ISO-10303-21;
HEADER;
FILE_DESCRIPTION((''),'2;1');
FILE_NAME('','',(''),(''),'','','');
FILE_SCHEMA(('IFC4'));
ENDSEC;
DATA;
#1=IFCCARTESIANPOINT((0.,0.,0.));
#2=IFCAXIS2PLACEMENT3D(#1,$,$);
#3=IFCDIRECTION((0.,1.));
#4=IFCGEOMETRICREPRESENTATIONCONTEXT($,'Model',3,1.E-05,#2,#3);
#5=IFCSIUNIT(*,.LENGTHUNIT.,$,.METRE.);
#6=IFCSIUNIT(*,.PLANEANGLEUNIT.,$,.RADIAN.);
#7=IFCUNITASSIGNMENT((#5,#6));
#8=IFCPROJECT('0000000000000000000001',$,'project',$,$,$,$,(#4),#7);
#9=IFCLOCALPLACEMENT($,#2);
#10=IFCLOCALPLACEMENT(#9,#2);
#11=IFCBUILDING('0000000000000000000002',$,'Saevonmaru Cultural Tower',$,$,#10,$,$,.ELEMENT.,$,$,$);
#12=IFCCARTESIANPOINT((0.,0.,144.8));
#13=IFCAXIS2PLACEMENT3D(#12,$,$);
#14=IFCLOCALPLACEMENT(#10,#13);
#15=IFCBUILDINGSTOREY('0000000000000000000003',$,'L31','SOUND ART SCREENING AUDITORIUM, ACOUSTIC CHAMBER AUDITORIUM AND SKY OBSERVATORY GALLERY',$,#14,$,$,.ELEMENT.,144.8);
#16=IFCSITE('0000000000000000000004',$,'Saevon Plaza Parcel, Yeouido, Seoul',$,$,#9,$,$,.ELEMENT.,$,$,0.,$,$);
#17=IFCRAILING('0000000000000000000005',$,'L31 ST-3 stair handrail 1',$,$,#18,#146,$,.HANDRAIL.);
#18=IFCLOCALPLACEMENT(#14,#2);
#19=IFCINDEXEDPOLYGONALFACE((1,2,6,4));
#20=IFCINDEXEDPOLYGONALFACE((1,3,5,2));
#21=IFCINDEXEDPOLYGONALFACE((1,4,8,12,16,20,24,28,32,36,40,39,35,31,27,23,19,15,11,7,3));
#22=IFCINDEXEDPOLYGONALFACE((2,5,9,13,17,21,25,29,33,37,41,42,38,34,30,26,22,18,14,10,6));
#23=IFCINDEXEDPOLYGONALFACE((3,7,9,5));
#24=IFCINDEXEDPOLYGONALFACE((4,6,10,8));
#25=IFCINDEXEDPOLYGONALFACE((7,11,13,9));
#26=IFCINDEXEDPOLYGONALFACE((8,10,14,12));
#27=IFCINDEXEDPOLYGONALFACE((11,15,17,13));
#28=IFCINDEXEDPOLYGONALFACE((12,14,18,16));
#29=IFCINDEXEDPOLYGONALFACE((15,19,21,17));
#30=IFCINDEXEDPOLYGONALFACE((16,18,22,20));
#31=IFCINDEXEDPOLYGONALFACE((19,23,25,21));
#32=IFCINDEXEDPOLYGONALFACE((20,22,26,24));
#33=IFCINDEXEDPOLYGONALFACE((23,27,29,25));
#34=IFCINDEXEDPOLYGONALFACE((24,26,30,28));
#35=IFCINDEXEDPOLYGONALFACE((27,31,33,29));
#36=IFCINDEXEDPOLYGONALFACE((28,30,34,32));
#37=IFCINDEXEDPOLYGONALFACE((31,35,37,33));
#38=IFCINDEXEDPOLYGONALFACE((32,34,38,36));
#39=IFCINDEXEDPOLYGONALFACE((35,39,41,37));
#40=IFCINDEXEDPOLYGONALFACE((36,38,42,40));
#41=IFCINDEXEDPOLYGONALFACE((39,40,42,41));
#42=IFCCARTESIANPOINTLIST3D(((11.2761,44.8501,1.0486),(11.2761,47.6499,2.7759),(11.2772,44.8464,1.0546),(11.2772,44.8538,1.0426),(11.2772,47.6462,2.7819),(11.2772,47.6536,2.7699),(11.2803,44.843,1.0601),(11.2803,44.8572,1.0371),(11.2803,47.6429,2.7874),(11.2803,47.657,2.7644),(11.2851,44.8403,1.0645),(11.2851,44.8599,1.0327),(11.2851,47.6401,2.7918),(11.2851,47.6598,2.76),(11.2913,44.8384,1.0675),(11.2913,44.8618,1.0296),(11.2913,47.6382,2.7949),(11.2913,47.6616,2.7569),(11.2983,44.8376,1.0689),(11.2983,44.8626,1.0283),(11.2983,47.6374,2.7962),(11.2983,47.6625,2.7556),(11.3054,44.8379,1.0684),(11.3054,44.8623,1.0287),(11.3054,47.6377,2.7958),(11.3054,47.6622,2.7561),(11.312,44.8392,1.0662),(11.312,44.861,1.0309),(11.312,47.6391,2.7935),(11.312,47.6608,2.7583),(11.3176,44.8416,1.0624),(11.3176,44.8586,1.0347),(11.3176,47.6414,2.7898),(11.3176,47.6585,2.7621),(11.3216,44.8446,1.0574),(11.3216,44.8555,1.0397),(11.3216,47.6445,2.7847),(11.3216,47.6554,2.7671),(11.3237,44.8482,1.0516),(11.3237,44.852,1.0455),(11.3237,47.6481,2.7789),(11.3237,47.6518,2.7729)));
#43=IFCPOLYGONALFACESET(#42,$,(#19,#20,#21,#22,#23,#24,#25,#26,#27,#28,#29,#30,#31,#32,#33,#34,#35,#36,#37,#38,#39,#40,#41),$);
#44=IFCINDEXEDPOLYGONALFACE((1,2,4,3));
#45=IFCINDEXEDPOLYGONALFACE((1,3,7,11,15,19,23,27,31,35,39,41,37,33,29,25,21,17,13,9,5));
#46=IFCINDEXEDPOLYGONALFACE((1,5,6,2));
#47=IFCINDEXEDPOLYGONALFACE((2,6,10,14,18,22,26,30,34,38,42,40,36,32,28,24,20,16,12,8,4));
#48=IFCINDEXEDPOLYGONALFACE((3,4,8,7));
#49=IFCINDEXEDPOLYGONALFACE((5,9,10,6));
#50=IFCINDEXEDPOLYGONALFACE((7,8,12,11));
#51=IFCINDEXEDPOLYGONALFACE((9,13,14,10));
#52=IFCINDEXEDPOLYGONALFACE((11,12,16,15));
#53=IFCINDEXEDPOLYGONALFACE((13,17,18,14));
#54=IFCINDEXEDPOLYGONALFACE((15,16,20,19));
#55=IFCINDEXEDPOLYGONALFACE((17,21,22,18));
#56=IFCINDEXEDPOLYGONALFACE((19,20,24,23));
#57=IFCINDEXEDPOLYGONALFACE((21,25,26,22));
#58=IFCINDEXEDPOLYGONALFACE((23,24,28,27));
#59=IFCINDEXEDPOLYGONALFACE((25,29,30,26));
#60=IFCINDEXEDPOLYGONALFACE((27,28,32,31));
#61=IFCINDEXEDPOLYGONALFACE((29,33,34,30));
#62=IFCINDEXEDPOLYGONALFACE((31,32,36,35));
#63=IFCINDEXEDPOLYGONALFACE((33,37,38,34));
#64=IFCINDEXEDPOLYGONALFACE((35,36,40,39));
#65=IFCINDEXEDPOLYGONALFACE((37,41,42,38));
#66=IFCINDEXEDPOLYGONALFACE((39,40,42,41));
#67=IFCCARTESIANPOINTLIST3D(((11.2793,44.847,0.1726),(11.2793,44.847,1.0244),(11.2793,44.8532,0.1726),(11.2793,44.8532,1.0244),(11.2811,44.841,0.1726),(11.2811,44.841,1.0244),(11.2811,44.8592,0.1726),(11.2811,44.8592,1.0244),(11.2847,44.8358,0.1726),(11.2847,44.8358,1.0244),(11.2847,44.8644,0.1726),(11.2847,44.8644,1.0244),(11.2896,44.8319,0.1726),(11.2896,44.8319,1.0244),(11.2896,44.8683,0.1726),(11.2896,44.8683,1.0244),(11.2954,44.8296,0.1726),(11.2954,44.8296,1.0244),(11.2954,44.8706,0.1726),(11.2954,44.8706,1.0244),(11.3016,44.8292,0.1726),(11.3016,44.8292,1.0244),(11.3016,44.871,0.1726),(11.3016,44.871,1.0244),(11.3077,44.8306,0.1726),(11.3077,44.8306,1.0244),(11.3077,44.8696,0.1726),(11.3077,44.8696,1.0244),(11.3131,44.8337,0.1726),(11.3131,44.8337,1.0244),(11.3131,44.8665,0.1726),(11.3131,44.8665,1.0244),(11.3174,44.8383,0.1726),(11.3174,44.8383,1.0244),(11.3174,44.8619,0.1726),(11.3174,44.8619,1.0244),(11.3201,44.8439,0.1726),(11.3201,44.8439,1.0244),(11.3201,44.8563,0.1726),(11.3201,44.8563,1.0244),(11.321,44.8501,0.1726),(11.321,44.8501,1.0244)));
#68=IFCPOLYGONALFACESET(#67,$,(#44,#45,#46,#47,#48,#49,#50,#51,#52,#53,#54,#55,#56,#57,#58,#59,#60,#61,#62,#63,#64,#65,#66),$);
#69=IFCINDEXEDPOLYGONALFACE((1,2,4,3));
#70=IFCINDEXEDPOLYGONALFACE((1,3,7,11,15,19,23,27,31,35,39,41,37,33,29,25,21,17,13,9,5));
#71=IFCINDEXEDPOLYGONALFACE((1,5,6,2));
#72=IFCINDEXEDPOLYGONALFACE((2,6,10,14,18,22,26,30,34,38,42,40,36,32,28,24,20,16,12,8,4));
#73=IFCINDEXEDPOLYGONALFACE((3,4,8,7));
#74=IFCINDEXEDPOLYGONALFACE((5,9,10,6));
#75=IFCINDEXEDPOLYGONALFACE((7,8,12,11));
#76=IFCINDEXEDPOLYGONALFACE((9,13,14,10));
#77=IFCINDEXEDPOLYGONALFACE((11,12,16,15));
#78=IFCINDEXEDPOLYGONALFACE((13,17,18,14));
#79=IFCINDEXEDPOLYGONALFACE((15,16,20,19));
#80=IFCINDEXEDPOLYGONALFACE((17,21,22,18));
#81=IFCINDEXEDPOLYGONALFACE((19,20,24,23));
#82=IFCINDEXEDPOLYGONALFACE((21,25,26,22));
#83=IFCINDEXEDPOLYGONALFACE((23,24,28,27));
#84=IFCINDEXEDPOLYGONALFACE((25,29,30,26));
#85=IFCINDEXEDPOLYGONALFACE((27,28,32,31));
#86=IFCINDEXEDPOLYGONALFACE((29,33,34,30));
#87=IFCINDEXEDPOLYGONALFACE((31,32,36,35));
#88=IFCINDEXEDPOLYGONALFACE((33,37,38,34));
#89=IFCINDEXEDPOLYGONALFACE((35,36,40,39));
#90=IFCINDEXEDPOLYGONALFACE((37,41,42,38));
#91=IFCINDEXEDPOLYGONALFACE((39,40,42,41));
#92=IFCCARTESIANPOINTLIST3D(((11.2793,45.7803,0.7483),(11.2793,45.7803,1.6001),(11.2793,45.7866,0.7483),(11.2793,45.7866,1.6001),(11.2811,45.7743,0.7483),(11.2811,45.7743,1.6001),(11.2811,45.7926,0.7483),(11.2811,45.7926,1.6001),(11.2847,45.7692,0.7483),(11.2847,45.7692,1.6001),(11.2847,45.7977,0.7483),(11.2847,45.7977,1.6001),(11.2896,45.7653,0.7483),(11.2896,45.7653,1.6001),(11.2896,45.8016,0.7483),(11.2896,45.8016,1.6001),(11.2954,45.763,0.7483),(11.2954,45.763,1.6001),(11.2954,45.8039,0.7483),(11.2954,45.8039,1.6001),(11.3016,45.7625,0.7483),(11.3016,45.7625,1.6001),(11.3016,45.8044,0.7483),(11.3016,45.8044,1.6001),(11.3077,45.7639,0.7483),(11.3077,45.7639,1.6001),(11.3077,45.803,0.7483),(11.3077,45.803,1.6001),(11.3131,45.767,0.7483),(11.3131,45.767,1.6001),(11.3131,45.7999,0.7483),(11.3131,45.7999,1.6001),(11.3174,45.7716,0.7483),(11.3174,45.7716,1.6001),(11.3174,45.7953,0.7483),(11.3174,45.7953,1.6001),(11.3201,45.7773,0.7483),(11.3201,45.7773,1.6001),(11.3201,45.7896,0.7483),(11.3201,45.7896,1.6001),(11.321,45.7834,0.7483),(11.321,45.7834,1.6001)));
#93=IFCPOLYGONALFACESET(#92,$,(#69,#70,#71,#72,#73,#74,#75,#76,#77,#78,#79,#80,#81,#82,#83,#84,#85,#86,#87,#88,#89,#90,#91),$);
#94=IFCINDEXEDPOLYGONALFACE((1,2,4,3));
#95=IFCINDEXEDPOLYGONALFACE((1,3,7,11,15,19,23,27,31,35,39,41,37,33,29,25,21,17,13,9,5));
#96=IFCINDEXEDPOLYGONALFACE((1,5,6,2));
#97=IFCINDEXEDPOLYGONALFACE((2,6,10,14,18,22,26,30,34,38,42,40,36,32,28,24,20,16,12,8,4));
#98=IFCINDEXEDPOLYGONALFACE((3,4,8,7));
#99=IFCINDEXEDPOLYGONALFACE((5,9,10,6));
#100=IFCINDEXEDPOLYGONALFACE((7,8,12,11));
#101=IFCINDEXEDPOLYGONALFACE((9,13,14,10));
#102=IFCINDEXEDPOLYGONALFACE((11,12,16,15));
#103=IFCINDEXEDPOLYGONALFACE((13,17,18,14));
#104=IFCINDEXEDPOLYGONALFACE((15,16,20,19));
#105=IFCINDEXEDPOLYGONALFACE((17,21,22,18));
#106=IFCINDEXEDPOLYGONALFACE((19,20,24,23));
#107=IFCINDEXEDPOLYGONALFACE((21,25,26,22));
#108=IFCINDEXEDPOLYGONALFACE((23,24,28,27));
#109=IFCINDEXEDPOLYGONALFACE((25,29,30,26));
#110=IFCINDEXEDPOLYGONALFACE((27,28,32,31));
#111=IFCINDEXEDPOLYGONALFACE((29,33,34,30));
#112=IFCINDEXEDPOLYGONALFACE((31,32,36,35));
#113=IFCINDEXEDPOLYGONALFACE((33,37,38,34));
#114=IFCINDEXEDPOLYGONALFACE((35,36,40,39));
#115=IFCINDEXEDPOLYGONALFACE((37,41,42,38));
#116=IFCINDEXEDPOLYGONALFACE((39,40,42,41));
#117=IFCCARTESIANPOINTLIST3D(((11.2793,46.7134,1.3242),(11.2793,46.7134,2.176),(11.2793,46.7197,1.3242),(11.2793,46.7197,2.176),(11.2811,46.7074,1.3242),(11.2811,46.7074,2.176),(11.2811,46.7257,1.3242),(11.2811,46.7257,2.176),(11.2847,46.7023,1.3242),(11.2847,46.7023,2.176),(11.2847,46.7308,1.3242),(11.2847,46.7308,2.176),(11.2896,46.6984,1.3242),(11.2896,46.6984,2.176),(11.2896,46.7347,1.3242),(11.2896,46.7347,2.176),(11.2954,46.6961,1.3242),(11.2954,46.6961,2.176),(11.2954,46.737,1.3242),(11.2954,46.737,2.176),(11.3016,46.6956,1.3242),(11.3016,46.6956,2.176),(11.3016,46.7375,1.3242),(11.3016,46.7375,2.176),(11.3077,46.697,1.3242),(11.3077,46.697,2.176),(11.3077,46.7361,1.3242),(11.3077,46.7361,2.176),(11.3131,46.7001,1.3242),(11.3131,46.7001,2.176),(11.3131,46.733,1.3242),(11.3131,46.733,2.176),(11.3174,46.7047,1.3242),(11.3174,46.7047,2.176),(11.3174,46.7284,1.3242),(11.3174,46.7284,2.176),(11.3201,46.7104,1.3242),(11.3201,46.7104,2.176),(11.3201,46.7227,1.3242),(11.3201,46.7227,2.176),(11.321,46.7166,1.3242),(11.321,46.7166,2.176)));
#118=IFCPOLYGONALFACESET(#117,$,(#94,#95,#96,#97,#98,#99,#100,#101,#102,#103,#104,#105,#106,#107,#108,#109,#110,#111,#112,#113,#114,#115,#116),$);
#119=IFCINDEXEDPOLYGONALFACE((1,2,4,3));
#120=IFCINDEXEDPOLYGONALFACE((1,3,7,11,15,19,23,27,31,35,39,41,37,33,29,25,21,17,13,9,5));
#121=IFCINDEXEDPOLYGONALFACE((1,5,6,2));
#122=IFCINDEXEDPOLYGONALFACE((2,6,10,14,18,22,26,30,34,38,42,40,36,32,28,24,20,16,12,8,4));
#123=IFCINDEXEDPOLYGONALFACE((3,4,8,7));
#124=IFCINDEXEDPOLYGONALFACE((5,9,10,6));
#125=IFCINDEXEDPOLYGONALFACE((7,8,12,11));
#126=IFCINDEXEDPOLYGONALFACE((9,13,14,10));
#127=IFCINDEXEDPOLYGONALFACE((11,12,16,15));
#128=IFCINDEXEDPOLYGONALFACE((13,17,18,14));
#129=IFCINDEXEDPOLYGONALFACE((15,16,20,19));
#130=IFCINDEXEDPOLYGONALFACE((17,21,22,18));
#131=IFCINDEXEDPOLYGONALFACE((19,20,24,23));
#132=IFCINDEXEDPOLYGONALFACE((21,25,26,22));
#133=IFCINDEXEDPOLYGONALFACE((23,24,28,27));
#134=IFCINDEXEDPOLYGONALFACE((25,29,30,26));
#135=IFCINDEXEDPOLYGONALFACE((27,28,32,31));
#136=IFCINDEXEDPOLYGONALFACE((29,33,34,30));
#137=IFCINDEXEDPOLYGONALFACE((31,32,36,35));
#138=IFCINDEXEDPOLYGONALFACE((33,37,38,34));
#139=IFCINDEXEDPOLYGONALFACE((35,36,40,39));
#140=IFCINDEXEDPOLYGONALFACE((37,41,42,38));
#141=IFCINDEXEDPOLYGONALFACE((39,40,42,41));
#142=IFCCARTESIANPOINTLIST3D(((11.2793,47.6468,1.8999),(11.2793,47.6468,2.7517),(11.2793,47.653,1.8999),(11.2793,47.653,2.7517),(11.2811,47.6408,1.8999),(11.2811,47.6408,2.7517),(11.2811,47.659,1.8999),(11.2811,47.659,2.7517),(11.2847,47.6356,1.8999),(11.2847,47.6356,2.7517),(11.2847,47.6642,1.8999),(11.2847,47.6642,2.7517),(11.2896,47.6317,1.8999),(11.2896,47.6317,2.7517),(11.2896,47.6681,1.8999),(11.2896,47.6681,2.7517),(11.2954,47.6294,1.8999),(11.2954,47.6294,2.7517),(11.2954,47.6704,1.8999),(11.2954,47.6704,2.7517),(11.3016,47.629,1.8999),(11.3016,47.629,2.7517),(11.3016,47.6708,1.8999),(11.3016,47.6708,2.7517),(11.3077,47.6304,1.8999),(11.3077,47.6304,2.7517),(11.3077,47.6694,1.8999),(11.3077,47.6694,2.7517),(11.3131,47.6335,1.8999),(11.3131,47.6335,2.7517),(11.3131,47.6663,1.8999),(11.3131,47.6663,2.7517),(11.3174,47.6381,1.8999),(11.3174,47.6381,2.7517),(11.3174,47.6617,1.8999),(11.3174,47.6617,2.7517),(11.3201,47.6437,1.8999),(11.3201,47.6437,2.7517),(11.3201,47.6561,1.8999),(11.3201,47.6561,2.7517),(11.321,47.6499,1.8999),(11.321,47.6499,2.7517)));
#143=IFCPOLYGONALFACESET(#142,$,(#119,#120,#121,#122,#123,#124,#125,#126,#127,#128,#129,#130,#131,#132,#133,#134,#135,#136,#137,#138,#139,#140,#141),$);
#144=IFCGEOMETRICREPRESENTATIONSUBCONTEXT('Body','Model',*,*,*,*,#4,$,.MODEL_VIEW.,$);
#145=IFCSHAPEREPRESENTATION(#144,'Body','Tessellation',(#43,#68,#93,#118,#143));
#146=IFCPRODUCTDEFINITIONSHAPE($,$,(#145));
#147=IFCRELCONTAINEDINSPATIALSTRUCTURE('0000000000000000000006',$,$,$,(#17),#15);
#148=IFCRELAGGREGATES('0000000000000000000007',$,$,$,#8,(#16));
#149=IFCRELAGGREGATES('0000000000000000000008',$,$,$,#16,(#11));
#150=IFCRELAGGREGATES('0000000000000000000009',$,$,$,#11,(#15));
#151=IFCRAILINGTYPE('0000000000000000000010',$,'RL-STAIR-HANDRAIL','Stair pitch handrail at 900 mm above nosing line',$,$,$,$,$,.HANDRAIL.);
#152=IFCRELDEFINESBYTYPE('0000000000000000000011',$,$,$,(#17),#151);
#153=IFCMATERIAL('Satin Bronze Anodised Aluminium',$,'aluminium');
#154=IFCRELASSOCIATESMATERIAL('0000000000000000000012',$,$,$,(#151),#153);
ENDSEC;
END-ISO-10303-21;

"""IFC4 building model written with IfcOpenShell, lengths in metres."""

from ifc_helpers import new_model, si_unit, direction, frame, origin, origin_2d, place, context, subcontext, project, spatial, circle, extrude, material, type_object, element, save


model = new_model("IFC4")

# Units and contexts
model_context = context("Model", 3, precision=1e-05, world=origin(), true_north=direction((0.0, 1.0)))
body_context = subcontext(model_context, "Body", "Model", "MODEL_VIEW")
ifc_project = project(units=[si_unit("LENGTHUNIT", "METRE"), si_unit("PLANEANGLEUNIT", "RADIAN")], contexts=[model_context])

# Site, building, storey
site_placement = place(None, origin())
site = spatial("IfcSite", under=ifc_project, at=site_placement, Name="Saevon Plaza Parcel, Yeouido, Seoul", CompositionType="ELEMENT", RefElevation=0.0)
building_placement = place(site_placement, origin())
building = spatial("IfcBuilding", under=site, at=building_placement, Name="Saevonmaru Cultural Tower", CompositionType="ELEMENT")
storey_placement = place(building_placement, frame((0.0, 0.0, 144.8)))
storey = spatial("IfcBuildingStorey", under=building, at=storey_placement, Name="L31", Description="SOUND ART SCREENING AUDITORIUM, ACOUSTIC CHAMBER AUDITORIUM AND SKY OBSERVATORY GALLERY", CompositionType="ELEMENT", Elevation=144.8)

# Shared definitions
ifc_material_1 = material(Name="Satin Bronze Anodised Aluminium", Category="aluminium")

# Railing
railing_type_1 = type_object("IfcRailingType", Name="RL-STAIR-HANDRAIL", Description="Stair pitch handrail at 900 mm above nosing line", PredefinedType="HANDRAIL", material=ifc_material_1)
railing_1_placement = place(storey_placement, frame((11.3, 44.8501, 0.1726)))
element("IfcRailing", 1, at=railing_1_placement, inside=storey, type_object=railing_type_1, Name="L31 ST-3 stair handrail 1", PredefinedType="HANDRAIL", context=body_context, shape_type="SweptSolid", body=[
    extrude(circle(Radius=0.0239, at=origin_2d()), frame((0.0, 0.0, 0.876), z_axis=(0.0, 0.851069, 0.525054), x_axis=(-1.0, 0.0, 0.0)), (0.0, 0.0, 1.0), 3.2898),
    extrude(circle(Radius=0.021, at=origin_2d()), origin(), (0.0, 0.0, 1.0), 0.8518),
    extrude(circle(Radius=0.021, at=origin_2d()), frame((0.0, 0.9333, 0.5757)), (0.0, 0.0, 1.0), 0.8518),
    extrude(circle(Radius=0.021, at=origin_2d()), frame((0.0, 1.8665, 1.1516)), (0.0, 0.0, 1.0), 0.8518),
    extrude(circle(Radius=0.021, at=origin_2d()), frame((0.0, 2.7998, 1.7273)), (0.0, 0.0, 1.0), 0.8518),
])

save(model, "model.ifc")
